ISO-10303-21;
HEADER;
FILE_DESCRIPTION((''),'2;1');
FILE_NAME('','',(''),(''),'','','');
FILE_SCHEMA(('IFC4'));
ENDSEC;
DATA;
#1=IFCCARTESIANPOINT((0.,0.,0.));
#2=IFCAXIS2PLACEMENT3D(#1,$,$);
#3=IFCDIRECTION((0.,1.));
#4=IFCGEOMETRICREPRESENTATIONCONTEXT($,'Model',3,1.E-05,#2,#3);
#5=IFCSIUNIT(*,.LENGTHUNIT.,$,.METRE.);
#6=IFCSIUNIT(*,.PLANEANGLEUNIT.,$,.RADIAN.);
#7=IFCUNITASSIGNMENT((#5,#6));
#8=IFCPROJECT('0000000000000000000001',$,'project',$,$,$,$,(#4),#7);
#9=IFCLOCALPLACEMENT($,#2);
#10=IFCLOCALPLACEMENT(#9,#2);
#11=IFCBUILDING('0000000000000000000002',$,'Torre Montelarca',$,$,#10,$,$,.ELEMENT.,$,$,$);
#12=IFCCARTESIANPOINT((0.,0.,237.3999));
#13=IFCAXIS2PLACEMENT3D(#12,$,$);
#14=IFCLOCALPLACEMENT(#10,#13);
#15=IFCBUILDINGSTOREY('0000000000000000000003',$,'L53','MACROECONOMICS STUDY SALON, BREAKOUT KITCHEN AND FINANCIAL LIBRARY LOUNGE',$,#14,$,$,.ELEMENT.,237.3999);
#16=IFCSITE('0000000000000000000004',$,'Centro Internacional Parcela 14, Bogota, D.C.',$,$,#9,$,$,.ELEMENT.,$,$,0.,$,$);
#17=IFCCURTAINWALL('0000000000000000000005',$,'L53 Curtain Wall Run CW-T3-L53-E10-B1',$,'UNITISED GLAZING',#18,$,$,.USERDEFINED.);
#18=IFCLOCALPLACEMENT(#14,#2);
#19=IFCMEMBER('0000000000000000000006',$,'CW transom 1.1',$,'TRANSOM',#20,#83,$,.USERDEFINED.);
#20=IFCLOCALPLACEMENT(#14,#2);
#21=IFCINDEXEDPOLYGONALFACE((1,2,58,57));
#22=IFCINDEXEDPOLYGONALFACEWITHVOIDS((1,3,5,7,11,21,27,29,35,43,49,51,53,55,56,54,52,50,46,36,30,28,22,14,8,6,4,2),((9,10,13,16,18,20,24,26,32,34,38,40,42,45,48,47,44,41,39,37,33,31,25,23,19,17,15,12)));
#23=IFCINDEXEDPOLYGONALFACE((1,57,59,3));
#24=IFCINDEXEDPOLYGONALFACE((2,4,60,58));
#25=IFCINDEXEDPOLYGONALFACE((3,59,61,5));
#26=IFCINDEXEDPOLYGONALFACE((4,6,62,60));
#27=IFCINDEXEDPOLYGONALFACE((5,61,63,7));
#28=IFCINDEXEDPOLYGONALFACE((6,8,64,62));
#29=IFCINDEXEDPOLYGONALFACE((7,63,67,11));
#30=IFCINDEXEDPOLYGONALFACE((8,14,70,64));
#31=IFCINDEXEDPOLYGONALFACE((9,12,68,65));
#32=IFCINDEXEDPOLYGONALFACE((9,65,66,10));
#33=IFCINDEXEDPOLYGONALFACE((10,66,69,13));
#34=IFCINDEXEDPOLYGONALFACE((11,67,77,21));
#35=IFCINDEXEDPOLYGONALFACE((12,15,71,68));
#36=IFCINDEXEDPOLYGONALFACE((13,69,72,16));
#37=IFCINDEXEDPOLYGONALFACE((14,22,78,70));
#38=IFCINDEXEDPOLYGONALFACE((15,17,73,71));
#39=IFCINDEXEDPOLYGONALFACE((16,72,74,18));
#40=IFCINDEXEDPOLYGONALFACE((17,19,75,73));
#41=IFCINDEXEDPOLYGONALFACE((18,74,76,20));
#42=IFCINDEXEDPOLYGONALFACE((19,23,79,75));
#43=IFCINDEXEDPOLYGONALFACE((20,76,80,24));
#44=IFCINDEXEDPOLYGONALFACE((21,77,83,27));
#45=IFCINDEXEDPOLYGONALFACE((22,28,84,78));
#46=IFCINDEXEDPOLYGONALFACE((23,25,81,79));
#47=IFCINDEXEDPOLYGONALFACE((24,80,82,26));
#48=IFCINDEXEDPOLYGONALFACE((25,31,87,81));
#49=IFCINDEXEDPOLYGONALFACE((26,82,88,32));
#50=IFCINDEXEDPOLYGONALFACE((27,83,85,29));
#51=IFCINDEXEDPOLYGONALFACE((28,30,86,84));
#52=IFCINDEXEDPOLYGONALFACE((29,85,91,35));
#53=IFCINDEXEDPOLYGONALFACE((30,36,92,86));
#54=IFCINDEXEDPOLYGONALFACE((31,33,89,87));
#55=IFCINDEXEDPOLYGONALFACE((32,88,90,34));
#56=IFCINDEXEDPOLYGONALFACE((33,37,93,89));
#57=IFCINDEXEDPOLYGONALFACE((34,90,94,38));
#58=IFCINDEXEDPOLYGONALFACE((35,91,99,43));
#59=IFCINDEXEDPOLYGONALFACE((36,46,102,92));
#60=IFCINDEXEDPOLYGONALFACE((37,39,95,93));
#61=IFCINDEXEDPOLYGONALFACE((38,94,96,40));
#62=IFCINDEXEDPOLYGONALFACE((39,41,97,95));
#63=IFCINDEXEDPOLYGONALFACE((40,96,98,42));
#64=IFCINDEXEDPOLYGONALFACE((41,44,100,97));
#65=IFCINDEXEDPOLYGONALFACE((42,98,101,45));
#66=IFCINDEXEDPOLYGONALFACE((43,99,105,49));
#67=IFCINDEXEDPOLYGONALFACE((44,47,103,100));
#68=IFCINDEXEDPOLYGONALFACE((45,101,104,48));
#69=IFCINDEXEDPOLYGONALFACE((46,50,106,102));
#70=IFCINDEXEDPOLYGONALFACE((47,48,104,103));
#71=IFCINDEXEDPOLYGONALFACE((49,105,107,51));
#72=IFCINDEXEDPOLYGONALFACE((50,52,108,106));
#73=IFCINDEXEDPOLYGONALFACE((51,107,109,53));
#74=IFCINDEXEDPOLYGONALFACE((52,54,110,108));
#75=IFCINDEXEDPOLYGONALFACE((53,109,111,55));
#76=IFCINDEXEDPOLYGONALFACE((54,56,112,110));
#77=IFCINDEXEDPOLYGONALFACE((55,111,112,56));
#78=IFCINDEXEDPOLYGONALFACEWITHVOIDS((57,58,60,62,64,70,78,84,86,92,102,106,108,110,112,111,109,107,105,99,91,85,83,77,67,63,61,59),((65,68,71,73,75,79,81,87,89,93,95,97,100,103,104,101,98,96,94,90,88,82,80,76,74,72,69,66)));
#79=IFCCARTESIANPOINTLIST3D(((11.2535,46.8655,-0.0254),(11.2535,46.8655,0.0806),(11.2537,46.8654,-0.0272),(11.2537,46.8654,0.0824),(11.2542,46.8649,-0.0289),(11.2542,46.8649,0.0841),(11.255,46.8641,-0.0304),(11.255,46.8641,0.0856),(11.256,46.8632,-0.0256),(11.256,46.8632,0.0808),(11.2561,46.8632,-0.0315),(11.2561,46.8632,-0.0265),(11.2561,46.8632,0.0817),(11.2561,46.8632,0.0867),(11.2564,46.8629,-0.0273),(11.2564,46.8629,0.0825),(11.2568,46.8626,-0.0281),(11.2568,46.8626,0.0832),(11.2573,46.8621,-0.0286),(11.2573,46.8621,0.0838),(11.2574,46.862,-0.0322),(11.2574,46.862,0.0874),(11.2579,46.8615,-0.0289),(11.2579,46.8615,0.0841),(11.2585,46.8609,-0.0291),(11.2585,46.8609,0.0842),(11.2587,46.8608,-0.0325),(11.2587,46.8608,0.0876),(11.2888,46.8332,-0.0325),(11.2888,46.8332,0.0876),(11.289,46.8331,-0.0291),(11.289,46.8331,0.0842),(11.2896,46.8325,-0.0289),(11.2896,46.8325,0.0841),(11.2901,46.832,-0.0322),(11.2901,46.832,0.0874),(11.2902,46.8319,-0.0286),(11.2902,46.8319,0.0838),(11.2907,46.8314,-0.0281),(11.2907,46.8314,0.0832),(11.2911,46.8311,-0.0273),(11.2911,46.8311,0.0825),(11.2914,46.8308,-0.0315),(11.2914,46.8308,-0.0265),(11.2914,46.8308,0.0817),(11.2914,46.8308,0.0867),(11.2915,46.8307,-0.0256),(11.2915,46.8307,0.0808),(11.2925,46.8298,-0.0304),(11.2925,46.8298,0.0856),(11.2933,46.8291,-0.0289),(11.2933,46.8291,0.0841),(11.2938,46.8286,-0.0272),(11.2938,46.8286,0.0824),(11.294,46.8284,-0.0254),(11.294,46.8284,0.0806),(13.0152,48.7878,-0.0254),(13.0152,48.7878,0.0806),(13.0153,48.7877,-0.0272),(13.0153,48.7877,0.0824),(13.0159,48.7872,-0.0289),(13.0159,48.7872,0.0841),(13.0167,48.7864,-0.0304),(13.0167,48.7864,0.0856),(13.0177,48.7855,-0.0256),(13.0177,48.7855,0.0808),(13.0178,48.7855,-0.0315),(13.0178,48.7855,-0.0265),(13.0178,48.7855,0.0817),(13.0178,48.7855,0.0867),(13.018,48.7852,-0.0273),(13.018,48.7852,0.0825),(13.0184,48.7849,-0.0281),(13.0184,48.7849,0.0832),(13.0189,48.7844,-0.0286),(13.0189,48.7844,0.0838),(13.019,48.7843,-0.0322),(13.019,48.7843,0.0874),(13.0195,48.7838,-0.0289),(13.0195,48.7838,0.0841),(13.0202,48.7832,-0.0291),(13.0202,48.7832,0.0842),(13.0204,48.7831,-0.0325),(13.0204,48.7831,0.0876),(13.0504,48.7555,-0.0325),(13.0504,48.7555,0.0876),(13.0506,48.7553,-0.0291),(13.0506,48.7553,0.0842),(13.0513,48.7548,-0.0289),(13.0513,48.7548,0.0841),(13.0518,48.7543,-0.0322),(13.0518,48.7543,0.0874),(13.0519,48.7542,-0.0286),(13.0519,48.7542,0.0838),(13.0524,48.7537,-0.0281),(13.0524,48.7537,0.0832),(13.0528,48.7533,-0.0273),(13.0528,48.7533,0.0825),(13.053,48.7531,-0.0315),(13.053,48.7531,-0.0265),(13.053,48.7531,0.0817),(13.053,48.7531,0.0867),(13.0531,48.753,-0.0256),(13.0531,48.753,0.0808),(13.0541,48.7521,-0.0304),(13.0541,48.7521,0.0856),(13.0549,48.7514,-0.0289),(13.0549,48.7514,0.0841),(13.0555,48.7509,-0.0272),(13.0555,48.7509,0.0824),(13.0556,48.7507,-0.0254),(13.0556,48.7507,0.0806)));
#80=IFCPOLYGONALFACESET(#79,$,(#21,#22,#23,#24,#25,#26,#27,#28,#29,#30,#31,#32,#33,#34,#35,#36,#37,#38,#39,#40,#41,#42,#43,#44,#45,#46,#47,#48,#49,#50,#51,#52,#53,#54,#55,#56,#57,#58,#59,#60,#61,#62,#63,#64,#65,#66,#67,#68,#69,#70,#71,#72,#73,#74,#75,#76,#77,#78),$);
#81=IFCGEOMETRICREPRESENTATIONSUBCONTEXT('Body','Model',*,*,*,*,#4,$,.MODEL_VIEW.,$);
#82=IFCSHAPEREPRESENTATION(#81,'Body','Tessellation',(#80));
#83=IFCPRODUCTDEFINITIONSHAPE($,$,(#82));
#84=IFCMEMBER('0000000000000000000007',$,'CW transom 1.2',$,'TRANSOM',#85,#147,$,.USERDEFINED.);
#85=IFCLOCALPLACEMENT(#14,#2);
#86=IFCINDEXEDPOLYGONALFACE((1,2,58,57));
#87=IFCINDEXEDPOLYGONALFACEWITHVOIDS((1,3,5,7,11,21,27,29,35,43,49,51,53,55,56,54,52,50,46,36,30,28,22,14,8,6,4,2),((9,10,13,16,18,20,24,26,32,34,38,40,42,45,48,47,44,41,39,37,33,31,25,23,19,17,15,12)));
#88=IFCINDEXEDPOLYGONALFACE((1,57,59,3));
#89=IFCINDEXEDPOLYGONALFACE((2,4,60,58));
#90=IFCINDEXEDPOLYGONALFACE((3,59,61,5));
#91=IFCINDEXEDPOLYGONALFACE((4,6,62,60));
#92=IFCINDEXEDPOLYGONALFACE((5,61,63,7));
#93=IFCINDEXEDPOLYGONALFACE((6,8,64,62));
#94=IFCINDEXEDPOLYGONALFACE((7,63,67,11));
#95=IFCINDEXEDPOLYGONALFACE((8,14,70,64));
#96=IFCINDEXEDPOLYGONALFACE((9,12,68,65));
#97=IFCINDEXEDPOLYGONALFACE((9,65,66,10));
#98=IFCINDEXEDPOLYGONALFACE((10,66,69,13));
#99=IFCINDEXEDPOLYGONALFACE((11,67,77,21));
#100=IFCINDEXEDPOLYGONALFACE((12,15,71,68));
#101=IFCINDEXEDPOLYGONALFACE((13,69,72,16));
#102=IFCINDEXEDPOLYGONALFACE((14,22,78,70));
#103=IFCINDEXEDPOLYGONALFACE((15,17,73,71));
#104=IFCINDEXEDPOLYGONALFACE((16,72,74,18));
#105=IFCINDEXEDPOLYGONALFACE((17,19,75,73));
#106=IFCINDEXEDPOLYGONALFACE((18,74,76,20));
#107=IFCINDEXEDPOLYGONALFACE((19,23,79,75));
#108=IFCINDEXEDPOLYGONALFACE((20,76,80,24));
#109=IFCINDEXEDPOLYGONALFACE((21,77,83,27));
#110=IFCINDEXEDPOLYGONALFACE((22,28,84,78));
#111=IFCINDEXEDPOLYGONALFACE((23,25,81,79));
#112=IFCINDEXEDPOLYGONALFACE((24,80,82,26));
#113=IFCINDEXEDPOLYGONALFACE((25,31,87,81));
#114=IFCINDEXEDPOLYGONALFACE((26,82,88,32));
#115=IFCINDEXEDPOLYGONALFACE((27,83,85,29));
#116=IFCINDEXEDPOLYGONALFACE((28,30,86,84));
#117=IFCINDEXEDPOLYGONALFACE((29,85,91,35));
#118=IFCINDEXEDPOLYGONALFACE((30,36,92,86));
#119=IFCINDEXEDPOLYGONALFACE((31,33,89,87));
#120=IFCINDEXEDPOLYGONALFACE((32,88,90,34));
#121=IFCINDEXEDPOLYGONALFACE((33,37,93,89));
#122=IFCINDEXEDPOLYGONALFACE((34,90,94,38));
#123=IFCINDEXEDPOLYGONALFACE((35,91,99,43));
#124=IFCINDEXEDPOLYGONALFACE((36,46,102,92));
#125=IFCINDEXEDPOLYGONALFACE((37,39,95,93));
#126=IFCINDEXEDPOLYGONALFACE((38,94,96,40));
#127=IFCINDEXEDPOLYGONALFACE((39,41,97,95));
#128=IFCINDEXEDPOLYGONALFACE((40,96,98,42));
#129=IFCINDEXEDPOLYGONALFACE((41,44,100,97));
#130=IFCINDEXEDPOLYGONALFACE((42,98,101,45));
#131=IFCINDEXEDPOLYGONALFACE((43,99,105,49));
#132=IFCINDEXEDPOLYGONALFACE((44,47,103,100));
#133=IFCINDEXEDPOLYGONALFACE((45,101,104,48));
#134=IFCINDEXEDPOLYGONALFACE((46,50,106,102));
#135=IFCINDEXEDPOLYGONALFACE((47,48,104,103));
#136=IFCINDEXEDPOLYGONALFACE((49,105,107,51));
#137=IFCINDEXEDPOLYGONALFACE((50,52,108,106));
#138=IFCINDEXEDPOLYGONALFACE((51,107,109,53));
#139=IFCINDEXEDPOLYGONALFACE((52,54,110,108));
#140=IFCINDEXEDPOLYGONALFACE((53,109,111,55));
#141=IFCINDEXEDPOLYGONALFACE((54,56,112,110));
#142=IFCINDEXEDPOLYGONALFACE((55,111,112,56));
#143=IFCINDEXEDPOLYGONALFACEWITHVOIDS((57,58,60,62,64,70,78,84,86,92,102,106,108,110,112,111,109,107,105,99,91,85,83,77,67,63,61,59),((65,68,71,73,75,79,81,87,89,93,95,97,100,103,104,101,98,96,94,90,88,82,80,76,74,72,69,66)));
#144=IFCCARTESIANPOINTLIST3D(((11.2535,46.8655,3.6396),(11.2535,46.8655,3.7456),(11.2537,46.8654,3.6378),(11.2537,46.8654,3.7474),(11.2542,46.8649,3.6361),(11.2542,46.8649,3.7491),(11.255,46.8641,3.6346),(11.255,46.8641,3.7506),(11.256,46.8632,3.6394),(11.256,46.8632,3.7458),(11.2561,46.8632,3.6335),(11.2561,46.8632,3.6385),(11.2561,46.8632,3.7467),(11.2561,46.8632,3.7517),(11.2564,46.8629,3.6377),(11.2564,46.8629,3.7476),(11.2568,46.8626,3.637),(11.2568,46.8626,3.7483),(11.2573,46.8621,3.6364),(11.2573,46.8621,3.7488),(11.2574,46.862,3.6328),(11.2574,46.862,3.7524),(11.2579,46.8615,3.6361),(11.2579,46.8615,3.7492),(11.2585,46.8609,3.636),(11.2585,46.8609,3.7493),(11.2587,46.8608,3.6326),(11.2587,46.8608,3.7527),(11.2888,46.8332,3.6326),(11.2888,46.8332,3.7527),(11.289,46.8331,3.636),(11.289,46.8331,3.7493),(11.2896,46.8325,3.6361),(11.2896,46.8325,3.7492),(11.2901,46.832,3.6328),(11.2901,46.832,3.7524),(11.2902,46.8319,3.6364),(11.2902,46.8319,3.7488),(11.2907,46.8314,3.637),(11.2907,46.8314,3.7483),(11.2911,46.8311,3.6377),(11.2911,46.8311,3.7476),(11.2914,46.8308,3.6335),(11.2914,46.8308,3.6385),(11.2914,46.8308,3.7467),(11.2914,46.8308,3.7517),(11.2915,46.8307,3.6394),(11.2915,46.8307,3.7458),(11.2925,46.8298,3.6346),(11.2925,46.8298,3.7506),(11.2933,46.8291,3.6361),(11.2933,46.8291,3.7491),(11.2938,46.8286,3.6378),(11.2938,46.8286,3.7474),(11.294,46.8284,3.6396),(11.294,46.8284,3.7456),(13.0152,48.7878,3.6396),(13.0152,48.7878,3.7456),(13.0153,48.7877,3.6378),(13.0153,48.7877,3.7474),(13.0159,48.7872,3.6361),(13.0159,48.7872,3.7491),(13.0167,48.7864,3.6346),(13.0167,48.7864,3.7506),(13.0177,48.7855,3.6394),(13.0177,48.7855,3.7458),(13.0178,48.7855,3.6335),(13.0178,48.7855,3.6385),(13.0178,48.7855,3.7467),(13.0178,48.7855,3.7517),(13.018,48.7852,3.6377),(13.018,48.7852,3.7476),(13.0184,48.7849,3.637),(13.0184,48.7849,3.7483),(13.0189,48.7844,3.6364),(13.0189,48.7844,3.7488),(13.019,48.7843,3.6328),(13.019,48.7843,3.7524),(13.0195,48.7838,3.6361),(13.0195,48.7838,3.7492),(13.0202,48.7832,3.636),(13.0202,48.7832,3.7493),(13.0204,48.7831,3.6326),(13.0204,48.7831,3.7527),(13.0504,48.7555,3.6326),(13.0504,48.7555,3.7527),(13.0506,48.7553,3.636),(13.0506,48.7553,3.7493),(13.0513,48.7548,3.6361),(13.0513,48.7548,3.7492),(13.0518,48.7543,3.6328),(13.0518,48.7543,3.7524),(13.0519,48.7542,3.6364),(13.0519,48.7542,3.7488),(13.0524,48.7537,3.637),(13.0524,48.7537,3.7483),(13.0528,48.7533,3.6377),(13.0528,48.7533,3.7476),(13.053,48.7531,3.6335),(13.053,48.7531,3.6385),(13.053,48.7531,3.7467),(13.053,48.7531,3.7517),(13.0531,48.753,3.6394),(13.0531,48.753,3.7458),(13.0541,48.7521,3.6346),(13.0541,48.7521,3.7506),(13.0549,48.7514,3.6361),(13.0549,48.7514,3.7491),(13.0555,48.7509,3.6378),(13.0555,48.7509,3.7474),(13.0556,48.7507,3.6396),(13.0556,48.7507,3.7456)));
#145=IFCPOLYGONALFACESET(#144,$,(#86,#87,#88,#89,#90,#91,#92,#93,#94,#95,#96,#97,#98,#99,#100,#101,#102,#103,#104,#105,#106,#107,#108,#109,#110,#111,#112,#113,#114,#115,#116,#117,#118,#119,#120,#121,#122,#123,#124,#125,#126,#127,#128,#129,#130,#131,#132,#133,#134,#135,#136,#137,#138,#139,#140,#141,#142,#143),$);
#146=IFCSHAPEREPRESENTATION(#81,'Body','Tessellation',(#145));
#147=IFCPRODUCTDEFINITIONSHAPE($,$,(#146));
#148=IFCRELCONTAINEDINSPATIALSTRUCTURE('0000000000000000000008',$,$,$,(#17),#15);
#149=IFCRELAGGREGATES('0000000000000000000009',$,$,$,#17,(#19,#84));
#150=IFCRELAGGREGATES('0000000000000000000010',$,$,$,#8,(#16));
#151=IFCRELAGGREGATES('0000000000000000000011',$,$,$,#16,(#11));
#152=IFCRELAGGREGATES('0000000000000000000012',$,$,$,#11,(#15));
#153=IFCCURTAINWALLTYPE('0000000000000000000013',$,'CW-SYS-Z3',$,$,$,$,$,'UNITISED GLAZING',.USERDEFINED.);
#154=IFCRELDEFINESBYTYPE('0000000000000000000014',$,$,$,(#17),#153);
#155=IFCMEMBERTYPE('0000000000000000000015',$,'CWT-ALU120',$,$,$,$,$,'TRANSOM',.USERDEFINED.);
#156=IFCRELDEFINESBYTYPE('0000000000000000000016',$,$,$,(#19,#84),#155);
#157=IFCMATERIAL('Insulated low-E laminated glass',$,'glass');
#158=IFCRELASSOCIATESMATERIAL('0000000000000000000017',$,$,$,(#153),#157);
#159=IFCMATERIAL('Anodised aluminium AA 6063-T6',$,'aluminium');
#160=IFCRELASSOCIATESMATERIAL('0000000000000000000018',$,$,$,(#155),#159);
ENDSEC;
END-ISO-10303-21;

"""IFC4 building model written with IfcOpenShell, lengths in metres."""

from ifc_helpers import new_model, si_unit, direction, frame, origin, origin_2d, place, context, subcontext, project, spatial, hollow_rectangle, extrude, source, transform, mapped, material, material_profile, profile_set, type_object, element, aggregate, save


model = new_model("IFC4")

# Units and contexts
model_context = context("Model", 3, precision=1e-05, world=origin(), true_north=direction((0.0, 1.0)))
body_context = subcontext(model_context, "Body", "Model", "MODEL_VIEW")
ifc_project = project(units=[si_unit("LENGTHUNIT", "METRE"), si_unit("PLANEANGLEUNIT", "RADIAN")], contexts=[model_context])

# Site, building, storey
site_placement = place(None, origin())
site = spatial("IfcSite", under=ifc_project, at=site_placement, Name="Centro Internacional Parcela 14, Bogota, D.C.", CompositionType="ELEMENT", RefElevation=0.0)
building_placement = place(site_placement, origin())
building = spatial("IfcBuilding", under=site, at=building_placement, Name="Torre Montelarca", CompositionType="ELEMENT")
storey_placement = place(building_placement, frame((0.0, 0.0, 237.3999)))
storey = spatial("IfcBuildingStorey", under=building, at=storey_placement, Name="L53", Description="MACROECONOMICS STUDY SALON, BREAKOUT KITCHEN AND FINANCIAL LIBRARY LOUNGE", CompositionType="ELEMENT", Elevation=237.3999)

# Curtain wall, members
ifc_material_1 = material(Name="Insulated low-E laminated glass", Category="glass")
curtain_wall_type = type_object("IfcCurtainWallType", Name="CW-SYS-Z3", ElementType="UNITISED GLAZING", PredefinedType="USERDEFINED", material=ifc_material_1)
curtain_wall_1_placement = place(storey_placement, origin())
curtain_wall_1 = element("IfcCurtainWall", 1, at=curtain_wall_1_placement, inside=storey, type_object=curtain_wall_type, Name="L53 Curtain Wall Run CW-T3-L53-E10-B1", ObjectType="UNITISED GLAZING", PredefinedType="USERDEFINED")
ifc_material_2 = material(Name="Anodised aluminium AA 6063-T6", Category="aluminium")
ifc_material_profile_1 = material_profile(ifc_material_2, hollow_rectangle(XDim=0.0549, YDim=0.1201, WallThickness=0.0034, InnerFilletRadius=0.0034, OuterFilletRadius=0.0071, at=origin_2d()), Name="ALU55X120X3.5", Category="aluminium")
ifc_profile_set_1 = profile_set([ifc_material_profile_1], Name="Anodised aluminium AA 6063-T6")
member_type_1 = type_object("IfcMemberType", Name="CWT-ALU120", ElementType="TRANSOM", PredefinedType="USERDEFINED", material=ifc_profile_set_1)
shared_shape_1 = source(origin(), body_context, "Body", "SweptSolid", [
    extrude(hollow_rectangle(XDim=0.0549, YDim=0.1201, WallThickness=0.0034, InnerFilletRadius=0.0034, OuterFilletRadius=0.0071, at=origin_2d()), origin(), (0.0, 0.0, 1.0), 2.6074),
])
member_1_placement = place(storey_placement, frame((13.0354, 48.7693, 0.0276), z_axis=(-0.675631, -0.73724, 0.0), x_axis=(0.73724, -0.675631, 0.0)))
member_1 = element("IfcMember", 2, at=member_1_placement, type_object=member_type_1, Name="CW transom 1.1", ObjectType="TRANSOM", PredefinedType="USERDEFINED", context=body_context, shape_type="MappedRepresentation", body=[
    mapped(shared_shape_1, transform((0.0, 0.0, 0.0), scale=1.0)),
])
member_2_placement = place(storey_placement, frame((13.0354, 48.7693, 3.6926), z_axis=(-0.675631, -0.73724, 0.0), x_axis=(0.73724, -0.675631, 0.0)))
member_2 = element("IfcMember", 3, at=member_2_placement, type_object=member_type_1, Name="CW transom 1.2", ObjectType="TRANSOM", PredefinedType="USERDEFINED", context=body_context, shape_type="MappedRepresentation", body=[
    mapped(shared_shape_1, transform((0.0, 0.0, 0.0), scale=1.0)),
])

aggregate(curtain_wall_1, [member_1, member_2])

save(model, "model.ifc")
